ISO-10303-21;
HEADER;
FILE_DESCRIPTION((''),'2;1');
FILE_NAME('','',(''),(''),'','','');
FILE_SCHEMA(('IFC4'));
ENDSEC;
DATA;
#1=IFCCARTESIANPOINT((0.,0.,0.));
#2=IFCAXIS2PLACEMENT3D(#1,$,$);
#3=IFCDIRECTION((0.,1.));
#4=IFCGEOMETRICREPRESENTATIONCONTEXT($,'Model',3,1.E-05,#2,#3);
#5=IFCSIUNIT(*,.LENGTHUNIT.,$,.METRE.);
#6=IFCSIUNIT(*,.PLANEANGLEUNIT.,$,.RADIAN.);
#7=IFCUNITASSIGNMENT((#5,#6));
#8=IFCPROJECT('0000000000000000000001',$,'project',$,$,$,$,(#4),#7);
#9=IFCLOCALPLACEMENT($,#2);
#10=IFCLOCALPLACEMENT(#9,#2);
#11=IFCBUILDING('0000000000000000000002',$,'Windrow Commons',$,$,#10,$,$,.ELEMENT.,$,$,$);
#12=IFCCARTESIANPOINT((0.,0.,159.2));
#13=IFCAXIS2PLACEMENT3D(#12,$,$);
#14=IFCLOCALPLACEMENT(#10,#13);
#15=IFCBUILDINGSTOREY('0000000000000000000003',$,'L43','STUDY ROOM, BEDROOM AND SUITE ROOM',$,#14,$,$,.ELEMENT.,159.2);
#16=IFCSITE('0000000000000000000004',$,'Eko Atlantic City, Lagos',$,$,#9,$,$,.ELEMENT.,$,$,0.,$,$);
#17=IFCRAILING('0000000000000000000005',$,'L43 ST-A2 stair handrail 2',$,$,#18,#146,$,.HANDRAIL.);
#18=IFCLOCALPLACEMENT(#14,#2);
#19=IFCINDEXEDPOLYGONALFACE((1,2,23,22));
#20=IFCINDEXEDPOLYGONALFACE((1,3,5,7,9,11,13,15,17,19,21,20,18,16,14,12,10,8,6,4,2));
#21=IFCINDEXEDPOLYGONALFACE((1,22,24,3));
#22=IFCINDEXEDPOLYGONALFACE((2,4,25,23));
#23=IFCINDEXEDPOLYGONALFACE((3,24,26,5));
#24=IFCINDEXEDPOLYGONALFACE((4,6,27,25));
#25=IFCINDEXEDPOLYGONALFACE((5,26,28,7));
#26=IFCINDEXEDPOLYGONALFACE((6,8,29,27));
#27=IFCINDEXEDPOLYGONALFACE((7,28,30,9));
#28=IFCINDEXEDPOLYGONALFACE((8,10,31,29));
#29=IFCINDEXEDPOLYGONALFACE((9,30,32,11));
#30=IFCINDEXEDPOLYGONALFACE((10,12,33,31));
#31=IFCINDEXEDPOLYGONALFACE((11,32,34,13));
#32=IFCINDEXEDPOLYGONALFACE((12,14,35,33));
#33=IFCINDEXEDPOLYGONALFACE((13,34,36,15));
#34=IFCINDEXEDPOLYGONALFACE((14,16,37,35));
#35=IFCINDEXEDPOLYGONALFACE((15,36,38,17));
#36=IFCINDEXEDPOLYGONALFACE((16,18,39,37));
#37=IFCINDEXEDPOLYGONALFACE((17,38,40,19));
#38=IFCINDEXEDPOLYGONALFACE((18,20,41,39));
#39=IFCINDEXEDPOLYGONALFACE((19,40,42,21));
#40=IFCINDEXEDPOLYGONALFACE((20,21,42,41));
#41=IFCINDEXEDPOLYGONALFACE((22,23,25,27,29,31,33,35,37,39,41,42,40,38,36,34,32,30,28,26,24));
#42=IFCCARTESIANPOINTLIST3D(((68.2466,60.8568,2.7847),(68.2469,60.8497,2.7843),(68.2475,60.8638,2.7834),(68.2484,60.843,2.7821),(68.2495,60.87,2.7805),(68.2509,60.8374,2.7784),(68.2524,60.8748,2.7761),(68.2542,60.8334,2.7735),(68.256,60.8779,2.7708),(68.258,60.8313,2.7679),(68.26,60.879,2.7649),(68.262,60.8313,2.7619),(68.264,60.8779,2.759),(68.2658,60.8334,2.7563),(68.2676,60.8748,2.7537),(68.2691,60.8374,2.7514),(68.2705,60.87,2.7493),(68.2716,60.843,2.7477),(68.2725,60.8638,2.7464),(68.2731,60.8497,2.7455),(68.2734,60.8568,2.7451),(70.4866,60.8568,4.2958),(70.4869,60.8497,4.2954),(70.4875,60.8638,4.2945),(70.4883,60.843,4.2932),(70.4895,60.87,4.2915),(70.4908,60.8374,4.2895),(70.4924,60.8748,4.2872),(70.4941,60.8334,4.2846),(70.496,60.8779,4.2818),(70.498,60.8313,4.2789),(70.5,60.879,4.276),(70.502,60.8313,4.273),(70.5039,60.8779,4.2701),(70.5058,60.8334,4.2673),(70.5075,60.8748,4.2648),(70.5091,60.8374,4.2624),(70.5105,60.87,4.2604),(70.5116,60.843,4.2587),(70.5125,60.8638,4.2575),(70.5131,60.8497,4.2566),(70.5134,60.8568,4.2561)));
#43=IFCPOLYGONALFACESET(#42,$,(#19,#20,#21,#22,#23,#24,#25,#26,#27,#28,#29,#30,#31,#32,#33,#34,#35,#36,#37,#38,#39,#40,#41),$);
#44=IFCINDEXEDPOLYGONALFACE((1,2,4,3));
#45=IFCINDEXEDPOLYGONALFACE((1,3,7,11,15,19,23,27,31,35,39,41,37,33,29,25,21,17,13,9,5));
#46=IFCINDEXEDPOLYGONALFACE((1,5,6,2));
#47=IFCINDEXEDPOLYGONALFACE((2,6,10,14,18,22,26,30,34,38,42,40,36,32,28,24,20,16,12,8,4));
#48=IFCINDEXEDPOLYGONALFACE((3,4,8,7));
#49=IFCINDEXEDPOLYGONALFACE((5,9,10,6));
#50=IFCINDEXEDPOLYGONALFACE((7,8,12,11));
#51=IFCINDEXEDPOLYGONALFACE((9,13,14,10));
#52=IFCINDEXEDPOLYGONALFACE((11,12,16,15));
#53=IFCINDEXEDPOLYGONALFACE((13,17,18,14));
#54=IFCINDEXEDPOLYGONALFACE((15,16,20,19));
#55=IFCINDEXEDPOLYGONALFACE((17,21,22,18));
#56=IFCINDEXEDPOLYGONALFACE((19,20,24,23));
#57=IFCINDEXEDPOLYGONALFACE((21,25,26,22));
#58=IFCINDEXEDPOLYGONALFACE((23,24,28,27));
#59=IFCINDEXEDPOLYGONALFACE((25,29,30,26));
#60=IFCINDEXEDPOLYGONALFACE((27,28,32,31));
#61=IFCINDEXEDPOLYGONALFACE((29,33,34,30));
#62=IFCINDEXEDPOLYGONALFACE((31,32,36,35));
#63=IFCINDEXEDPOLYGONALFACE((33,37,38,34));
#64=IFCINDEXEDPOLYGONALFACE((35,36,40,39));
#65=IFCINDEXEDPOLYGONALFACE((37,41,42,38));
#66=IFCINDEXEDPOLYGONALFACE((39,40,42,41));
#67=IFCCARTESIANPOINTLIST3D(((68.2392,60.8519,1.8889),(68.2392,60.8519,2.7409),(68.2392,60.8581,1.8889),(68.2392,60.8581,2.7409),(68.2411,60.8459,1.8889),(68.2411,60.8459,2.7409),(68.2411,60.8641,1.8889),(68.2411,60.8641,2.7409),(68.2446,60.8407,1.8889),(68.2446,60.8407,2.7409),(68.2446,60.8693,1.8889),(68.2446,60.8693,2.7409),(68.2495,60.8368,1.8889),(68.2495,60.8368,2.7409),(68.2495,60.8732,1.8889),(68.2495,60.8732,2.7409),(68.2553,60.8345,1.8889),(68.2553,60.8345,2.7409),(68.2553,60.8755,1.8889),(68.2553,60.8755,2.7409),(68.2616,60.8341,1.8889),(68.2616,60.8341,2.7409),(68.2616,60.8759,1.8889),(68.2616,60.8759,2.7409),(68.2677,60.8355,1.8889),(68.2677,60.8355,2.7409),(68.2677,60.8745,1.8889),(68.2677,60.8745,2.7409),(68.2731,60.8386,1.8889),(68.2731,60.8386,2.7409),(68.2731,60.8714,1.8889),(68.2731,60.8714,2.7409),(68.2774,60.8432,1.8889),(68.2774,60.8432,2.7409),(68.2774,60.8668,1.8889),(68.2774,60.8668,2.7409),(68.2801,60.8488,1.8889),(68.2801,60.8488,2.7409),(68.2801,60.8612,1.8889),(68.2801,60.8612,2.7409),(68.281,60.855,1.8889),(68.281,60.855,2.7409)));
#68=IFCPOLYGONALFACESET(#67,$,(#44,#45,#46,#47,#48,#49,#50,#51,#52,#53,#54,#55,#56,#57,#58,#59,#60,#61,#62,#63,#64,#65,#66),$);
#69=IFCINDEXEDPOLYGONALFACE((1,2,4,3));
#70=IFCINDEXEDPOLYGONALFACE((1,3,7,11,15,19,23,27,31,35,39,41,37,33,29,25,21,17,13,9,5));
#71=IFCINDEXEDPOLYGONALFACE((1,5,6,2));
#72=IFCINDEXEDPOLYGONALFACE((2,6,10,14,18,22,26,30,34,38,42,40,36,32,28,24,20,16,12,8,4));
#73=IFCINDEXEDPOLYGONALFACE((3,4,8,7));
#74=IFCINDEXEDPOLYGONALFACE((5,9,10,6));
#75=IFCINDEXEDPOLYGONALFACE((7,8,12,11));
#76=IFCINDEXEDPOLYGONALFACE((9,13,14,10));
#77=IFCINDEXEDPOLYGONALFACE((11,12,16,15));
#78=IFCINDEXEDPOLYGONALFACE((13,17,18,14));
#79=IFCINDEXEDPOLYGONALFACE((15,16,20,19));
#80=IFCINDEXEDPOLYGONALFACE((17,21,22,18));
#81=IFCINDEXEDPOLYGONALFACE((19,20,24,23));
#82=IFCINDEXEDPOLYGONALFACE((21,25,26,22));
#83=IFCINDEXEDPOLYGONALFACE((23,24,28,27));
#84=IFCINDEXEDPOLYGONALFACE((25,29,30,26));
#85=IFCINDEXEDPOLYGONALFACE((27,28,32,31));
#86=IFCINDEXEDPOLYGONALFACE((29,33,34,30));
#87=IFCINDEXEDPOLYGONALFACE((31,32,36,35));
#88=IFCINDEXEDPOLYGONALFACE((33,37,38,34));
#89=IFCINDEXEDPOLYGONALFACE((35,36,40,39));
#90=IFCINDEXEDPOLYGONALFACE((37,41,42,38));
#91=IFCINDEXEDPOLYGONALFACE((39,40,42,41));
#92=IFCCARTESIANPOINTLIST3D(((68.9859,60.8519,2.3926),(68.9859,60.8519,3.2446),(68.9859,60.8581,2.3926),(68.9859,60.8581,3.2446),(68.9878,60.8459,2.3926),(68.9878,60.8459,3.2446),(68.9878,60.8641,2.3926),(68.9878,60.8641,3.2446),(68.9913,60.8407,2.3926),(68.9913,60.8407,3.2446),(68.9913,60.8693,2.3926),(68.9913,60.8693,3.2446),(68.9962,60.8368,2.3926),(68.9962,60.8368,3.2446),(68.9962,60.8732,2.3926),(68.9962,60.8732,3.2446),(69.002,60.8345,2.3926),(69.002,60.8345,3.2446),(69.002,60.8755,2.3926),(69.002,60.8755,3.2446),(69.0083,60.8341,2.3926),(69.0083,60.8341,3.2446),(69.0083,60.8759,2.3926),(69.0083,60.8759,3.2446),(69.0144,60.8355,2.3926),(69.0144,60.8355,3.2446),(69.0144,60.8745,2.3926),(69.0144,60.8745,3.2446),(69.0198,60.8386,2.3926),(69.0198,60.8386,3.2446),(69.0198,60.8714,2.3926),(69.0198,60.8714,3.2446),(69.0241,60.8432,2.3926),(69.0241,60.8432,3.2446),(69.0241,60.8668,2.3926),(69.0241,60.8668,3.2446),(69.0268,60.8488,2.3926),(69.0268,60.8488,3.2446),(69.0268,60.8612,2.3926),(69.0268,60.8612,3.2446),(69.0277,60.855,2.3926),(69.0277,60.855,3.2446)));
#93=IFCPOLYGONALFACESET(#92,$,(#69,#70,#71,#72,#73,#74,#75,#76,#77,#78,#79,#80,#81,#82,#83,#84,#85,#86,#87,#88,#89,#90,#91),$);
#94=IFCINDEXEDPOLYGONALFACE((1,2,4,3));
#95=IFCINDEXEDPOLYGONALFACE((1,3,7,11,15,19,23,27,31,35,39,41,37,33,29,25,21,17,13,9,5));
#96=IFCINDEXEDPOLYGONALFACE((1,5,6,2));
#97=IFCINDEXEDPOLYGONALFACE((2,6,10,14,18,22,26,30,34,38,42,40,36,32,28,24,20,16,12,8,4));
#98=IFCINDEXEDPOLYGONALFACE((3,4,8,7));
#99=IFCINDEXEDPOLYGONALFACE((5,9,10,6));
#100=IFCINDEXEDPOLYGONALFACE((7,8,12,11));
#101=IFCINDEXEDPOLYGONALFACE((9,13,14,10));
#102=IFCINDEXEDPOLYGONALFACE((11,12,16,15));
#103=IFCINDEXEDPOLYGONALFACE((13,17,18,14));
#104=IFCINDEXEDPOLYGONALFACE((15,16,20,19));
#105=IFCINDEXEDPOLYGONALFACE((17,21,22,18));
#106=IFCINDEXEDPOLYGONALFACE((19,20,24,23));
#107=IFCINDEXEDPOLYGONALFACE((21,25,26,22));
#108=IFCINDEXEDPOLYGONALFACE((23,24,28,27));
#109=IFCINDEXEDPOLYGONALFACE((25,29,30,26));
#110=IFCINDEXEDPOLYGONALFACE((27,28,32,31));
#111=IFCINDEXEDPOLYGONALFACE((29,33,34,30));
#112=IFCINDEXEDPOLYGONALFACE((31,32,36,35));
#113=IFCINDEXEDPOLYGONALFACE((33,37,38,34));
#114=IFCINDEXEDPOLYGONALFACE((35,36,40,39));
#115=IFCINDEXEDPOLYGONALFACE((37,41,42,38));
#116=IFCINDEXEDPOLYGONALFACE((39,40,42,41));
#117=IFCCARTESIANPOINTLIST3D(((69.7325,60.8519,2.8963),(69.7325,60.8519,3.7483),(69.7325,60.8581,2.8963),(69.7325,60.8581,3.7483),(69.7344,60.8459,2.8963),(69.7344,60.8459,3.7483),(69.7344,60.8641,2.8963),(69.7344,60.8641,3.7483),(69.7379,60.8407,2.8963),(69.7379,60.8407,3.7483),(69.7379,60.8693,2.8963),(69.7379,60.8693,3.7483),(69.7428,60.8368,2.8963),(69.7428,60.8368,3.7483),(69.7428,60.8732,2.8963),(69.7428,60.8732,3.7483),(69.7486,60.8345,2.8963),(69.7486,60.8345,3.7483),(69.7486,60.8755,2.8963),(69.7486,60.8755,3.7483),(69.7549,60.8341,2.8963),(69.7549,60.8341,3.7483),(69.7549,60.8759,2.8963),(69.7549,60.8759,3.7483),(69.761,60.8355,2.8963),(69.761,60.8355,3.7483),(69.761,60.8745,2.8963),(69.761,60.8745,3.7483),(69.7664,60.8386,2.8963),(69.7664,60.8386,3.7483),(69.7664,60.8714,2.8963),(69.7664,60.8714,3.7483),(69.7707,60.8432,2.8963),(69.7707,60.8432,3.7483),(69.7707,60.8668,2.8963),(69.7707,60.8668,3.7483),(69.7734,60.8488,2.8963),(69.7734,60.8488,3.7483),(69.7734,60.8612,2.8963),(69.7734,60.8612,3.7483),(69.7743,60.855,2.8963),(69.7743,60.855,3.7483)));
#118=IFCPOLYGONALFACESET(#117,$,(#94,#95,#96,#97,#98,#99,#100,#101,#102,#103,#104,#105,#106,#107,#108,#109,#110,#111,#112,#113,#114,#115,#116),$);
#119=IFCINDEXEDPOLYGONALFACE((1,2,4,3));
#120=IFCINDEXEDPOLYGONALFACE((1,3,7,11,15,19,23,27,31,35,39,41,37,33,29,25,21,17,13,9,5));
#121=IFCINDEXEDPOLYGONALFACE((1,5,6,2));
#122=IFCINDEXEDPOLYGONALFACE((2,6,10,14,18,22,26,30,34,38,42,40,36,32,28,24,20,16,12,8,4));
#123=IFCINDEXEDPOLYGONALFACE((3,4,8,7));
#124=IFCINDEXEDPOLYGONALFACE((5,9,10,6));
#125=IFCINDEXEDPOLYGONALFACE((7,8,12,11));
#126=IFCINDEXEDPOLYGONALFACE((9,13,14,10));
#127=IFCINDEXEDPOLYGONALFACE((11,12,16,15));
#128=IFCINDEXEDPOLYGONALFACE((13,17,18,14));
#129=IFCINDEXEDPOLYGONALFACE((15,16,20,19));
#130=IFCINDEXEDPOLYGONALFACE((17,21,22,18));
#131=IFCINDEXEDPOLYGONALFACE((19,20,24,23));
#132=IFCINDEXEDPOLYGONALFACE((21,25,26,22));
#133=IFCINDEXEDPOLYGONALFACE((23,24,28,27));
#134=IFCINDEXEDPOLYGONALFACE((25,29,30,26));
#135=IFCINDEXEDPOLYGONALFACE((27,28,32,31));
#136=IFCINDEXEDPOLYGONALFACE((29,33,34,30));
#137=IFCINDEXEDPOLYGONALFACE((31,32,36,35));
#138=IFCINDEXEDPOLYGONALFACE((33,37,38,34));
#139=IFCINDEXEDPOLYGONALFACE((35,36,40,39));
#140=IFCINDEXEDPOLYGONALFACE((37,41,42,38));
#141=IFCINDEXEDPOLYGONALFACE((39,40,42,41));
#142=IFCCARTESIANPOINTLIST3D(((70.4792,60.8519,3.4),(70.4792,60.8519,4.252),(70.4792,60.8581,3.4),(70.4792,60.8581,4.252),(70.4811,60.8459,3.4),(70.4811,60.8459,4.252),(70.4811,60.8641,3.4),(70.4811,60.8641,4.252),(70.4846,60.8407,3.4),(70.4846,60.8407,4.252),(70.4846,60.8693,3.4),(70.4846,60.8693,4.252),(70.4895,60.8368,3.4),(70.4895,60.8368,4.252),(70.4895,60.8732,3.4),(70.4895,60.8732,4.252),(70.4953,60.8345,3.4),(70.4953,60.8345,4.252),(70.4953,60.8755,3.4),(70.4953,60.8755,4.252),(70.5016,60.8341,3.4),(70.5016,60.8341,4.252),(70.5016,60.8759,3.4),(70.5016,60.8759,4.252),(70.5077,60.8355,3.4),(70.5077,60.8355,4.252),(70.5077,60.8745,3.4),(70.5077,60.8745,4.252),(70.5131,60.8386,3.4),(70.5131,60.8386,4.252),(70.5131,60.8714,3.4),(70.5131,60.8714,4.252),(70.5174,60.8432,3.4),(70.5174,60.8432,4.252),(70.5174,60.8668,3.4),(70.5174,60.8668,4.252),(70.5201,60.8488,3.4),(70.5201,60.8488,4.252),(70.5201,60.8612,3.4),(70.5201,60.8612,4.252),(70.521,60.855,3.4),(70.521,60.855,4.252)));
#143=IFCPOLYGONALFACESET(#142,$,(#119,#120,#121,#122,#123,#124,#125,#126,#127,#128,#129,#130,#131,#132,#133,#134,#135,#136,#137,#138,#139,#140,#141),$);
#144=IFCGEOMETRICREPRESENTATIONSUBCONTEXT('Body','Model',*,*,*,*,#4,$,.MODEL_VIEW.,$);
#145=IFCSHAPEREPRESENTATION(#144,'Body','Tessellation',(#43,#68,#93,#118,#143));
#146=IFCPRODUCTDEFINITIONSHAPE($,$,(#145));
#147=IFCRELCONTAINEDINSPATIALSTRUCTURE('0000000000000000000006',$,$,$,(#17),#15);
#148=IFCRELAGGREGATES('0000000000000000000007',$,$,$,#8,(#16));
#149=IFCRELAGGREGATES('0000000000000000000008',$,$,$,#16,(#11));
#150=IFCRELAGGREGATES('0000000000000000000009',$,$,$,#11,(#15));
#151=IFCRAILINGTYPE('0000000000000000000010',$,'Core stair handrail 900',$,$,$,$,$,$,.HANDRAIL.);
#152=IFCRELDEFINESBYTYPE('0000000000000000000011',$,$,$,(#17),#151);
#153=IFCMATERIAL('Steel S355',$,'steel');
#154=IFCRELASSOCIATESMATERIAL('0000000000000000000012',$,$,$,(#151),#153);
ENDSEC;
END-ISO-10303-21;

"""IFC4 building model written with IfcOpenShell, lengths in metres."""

from ifc_helpers import new_model, si_unit, direction, frame, origin, origin_2d, place, context, subcontext, project, spatial, circle, extrude, material, type_object, element, save


model = new_model("IFC4")

# Units and contexts
model_context = context("Model", 3, precision=1e-05, world=origin(), true_north=direction((0.0, 1.0)))
body_context = subcontext(model_context, "Body", "Model", "MODEL_VIEW")
ifc_project = project(units=[si_unit("LENGTHUNIT", "METRE"), si_unit("PLANEANGLEUNIT", "RADIAN")], contexts=[model_context])

# Site, building, storey
site_placement = place(None, origin())
site = spatial("IfcSite", under=ifc_project, at=site_placement, Name="Eko Atlantic City, Lagos", CompositionType="ELEMENT", RefElevation=0.0)
building_placement = place(site_placement, origin())
building = spatial("IfcBuilding", under=site, at=building_placement, Name="Windrow Commons", CompositionType="ELEMENT")
storey_placement = place(building_placement, frame((0.0, 0.0, 159.2)))
storey = spatial("IfcBuildingStorey", under=building, at=storey_placement, Name="L43", Description="STUDY ROOM, BEDROOM AND SUITE ROOM", CompositionType="ELEMENT", Elevation=159.2)

# Railing
ifc_material_1 = material(Name="Steel S355", Category="steel")
railing_type_1 = type_object("IfcRailingType", Name="Core stair handrail 900", PredefinedType="HANDRAIL", material=ifc_material_1)
railing_1_placement = place(storey_placement, frame((68.26, 60.855, 1.8889)))
element("IfcRailing", 1, at=railing_1_placement, inside=storey, type_object=railing_type_1, Name="L43 ST-A2 stair handrail 2", PredefinedType="HANDRAIL", context=body_context, shape_type="SweptSolid", body=[
    extrude(circle(Radius=0.024, at=origin_2d()), frame((0.0, 0.0, 0.876), z_axis=(0.829003, 0.0, 0.559244), x_axis=(0.0, 1.0, 0.0)), (0.0, 0.0, 1.0), 2.702),
    extrude(circle(Radius=0.021, at=origin_2d()), origin(), (0.0, 0.0, 1.0), 0.852),
    extrude(circle(Radius=0.021, at=origin_2d()), frame((0.7467, 0.0, 0.5037)), (0.0, 0.0, 1.0), 0.852),
    extrude(circle(Radius=0.021, at=origin_2d()), frame((1.4933, 0.0, 1.0074)), (0.0, 0.0, 1.0), 0.852),
    extrude(circle(Radius=0.021, at=origin_2d()), frame((2.24, 0.0, 1.5111)), (0.0, 0.0, 1.0), 0.852),
])

save(model, "model.ifc")
